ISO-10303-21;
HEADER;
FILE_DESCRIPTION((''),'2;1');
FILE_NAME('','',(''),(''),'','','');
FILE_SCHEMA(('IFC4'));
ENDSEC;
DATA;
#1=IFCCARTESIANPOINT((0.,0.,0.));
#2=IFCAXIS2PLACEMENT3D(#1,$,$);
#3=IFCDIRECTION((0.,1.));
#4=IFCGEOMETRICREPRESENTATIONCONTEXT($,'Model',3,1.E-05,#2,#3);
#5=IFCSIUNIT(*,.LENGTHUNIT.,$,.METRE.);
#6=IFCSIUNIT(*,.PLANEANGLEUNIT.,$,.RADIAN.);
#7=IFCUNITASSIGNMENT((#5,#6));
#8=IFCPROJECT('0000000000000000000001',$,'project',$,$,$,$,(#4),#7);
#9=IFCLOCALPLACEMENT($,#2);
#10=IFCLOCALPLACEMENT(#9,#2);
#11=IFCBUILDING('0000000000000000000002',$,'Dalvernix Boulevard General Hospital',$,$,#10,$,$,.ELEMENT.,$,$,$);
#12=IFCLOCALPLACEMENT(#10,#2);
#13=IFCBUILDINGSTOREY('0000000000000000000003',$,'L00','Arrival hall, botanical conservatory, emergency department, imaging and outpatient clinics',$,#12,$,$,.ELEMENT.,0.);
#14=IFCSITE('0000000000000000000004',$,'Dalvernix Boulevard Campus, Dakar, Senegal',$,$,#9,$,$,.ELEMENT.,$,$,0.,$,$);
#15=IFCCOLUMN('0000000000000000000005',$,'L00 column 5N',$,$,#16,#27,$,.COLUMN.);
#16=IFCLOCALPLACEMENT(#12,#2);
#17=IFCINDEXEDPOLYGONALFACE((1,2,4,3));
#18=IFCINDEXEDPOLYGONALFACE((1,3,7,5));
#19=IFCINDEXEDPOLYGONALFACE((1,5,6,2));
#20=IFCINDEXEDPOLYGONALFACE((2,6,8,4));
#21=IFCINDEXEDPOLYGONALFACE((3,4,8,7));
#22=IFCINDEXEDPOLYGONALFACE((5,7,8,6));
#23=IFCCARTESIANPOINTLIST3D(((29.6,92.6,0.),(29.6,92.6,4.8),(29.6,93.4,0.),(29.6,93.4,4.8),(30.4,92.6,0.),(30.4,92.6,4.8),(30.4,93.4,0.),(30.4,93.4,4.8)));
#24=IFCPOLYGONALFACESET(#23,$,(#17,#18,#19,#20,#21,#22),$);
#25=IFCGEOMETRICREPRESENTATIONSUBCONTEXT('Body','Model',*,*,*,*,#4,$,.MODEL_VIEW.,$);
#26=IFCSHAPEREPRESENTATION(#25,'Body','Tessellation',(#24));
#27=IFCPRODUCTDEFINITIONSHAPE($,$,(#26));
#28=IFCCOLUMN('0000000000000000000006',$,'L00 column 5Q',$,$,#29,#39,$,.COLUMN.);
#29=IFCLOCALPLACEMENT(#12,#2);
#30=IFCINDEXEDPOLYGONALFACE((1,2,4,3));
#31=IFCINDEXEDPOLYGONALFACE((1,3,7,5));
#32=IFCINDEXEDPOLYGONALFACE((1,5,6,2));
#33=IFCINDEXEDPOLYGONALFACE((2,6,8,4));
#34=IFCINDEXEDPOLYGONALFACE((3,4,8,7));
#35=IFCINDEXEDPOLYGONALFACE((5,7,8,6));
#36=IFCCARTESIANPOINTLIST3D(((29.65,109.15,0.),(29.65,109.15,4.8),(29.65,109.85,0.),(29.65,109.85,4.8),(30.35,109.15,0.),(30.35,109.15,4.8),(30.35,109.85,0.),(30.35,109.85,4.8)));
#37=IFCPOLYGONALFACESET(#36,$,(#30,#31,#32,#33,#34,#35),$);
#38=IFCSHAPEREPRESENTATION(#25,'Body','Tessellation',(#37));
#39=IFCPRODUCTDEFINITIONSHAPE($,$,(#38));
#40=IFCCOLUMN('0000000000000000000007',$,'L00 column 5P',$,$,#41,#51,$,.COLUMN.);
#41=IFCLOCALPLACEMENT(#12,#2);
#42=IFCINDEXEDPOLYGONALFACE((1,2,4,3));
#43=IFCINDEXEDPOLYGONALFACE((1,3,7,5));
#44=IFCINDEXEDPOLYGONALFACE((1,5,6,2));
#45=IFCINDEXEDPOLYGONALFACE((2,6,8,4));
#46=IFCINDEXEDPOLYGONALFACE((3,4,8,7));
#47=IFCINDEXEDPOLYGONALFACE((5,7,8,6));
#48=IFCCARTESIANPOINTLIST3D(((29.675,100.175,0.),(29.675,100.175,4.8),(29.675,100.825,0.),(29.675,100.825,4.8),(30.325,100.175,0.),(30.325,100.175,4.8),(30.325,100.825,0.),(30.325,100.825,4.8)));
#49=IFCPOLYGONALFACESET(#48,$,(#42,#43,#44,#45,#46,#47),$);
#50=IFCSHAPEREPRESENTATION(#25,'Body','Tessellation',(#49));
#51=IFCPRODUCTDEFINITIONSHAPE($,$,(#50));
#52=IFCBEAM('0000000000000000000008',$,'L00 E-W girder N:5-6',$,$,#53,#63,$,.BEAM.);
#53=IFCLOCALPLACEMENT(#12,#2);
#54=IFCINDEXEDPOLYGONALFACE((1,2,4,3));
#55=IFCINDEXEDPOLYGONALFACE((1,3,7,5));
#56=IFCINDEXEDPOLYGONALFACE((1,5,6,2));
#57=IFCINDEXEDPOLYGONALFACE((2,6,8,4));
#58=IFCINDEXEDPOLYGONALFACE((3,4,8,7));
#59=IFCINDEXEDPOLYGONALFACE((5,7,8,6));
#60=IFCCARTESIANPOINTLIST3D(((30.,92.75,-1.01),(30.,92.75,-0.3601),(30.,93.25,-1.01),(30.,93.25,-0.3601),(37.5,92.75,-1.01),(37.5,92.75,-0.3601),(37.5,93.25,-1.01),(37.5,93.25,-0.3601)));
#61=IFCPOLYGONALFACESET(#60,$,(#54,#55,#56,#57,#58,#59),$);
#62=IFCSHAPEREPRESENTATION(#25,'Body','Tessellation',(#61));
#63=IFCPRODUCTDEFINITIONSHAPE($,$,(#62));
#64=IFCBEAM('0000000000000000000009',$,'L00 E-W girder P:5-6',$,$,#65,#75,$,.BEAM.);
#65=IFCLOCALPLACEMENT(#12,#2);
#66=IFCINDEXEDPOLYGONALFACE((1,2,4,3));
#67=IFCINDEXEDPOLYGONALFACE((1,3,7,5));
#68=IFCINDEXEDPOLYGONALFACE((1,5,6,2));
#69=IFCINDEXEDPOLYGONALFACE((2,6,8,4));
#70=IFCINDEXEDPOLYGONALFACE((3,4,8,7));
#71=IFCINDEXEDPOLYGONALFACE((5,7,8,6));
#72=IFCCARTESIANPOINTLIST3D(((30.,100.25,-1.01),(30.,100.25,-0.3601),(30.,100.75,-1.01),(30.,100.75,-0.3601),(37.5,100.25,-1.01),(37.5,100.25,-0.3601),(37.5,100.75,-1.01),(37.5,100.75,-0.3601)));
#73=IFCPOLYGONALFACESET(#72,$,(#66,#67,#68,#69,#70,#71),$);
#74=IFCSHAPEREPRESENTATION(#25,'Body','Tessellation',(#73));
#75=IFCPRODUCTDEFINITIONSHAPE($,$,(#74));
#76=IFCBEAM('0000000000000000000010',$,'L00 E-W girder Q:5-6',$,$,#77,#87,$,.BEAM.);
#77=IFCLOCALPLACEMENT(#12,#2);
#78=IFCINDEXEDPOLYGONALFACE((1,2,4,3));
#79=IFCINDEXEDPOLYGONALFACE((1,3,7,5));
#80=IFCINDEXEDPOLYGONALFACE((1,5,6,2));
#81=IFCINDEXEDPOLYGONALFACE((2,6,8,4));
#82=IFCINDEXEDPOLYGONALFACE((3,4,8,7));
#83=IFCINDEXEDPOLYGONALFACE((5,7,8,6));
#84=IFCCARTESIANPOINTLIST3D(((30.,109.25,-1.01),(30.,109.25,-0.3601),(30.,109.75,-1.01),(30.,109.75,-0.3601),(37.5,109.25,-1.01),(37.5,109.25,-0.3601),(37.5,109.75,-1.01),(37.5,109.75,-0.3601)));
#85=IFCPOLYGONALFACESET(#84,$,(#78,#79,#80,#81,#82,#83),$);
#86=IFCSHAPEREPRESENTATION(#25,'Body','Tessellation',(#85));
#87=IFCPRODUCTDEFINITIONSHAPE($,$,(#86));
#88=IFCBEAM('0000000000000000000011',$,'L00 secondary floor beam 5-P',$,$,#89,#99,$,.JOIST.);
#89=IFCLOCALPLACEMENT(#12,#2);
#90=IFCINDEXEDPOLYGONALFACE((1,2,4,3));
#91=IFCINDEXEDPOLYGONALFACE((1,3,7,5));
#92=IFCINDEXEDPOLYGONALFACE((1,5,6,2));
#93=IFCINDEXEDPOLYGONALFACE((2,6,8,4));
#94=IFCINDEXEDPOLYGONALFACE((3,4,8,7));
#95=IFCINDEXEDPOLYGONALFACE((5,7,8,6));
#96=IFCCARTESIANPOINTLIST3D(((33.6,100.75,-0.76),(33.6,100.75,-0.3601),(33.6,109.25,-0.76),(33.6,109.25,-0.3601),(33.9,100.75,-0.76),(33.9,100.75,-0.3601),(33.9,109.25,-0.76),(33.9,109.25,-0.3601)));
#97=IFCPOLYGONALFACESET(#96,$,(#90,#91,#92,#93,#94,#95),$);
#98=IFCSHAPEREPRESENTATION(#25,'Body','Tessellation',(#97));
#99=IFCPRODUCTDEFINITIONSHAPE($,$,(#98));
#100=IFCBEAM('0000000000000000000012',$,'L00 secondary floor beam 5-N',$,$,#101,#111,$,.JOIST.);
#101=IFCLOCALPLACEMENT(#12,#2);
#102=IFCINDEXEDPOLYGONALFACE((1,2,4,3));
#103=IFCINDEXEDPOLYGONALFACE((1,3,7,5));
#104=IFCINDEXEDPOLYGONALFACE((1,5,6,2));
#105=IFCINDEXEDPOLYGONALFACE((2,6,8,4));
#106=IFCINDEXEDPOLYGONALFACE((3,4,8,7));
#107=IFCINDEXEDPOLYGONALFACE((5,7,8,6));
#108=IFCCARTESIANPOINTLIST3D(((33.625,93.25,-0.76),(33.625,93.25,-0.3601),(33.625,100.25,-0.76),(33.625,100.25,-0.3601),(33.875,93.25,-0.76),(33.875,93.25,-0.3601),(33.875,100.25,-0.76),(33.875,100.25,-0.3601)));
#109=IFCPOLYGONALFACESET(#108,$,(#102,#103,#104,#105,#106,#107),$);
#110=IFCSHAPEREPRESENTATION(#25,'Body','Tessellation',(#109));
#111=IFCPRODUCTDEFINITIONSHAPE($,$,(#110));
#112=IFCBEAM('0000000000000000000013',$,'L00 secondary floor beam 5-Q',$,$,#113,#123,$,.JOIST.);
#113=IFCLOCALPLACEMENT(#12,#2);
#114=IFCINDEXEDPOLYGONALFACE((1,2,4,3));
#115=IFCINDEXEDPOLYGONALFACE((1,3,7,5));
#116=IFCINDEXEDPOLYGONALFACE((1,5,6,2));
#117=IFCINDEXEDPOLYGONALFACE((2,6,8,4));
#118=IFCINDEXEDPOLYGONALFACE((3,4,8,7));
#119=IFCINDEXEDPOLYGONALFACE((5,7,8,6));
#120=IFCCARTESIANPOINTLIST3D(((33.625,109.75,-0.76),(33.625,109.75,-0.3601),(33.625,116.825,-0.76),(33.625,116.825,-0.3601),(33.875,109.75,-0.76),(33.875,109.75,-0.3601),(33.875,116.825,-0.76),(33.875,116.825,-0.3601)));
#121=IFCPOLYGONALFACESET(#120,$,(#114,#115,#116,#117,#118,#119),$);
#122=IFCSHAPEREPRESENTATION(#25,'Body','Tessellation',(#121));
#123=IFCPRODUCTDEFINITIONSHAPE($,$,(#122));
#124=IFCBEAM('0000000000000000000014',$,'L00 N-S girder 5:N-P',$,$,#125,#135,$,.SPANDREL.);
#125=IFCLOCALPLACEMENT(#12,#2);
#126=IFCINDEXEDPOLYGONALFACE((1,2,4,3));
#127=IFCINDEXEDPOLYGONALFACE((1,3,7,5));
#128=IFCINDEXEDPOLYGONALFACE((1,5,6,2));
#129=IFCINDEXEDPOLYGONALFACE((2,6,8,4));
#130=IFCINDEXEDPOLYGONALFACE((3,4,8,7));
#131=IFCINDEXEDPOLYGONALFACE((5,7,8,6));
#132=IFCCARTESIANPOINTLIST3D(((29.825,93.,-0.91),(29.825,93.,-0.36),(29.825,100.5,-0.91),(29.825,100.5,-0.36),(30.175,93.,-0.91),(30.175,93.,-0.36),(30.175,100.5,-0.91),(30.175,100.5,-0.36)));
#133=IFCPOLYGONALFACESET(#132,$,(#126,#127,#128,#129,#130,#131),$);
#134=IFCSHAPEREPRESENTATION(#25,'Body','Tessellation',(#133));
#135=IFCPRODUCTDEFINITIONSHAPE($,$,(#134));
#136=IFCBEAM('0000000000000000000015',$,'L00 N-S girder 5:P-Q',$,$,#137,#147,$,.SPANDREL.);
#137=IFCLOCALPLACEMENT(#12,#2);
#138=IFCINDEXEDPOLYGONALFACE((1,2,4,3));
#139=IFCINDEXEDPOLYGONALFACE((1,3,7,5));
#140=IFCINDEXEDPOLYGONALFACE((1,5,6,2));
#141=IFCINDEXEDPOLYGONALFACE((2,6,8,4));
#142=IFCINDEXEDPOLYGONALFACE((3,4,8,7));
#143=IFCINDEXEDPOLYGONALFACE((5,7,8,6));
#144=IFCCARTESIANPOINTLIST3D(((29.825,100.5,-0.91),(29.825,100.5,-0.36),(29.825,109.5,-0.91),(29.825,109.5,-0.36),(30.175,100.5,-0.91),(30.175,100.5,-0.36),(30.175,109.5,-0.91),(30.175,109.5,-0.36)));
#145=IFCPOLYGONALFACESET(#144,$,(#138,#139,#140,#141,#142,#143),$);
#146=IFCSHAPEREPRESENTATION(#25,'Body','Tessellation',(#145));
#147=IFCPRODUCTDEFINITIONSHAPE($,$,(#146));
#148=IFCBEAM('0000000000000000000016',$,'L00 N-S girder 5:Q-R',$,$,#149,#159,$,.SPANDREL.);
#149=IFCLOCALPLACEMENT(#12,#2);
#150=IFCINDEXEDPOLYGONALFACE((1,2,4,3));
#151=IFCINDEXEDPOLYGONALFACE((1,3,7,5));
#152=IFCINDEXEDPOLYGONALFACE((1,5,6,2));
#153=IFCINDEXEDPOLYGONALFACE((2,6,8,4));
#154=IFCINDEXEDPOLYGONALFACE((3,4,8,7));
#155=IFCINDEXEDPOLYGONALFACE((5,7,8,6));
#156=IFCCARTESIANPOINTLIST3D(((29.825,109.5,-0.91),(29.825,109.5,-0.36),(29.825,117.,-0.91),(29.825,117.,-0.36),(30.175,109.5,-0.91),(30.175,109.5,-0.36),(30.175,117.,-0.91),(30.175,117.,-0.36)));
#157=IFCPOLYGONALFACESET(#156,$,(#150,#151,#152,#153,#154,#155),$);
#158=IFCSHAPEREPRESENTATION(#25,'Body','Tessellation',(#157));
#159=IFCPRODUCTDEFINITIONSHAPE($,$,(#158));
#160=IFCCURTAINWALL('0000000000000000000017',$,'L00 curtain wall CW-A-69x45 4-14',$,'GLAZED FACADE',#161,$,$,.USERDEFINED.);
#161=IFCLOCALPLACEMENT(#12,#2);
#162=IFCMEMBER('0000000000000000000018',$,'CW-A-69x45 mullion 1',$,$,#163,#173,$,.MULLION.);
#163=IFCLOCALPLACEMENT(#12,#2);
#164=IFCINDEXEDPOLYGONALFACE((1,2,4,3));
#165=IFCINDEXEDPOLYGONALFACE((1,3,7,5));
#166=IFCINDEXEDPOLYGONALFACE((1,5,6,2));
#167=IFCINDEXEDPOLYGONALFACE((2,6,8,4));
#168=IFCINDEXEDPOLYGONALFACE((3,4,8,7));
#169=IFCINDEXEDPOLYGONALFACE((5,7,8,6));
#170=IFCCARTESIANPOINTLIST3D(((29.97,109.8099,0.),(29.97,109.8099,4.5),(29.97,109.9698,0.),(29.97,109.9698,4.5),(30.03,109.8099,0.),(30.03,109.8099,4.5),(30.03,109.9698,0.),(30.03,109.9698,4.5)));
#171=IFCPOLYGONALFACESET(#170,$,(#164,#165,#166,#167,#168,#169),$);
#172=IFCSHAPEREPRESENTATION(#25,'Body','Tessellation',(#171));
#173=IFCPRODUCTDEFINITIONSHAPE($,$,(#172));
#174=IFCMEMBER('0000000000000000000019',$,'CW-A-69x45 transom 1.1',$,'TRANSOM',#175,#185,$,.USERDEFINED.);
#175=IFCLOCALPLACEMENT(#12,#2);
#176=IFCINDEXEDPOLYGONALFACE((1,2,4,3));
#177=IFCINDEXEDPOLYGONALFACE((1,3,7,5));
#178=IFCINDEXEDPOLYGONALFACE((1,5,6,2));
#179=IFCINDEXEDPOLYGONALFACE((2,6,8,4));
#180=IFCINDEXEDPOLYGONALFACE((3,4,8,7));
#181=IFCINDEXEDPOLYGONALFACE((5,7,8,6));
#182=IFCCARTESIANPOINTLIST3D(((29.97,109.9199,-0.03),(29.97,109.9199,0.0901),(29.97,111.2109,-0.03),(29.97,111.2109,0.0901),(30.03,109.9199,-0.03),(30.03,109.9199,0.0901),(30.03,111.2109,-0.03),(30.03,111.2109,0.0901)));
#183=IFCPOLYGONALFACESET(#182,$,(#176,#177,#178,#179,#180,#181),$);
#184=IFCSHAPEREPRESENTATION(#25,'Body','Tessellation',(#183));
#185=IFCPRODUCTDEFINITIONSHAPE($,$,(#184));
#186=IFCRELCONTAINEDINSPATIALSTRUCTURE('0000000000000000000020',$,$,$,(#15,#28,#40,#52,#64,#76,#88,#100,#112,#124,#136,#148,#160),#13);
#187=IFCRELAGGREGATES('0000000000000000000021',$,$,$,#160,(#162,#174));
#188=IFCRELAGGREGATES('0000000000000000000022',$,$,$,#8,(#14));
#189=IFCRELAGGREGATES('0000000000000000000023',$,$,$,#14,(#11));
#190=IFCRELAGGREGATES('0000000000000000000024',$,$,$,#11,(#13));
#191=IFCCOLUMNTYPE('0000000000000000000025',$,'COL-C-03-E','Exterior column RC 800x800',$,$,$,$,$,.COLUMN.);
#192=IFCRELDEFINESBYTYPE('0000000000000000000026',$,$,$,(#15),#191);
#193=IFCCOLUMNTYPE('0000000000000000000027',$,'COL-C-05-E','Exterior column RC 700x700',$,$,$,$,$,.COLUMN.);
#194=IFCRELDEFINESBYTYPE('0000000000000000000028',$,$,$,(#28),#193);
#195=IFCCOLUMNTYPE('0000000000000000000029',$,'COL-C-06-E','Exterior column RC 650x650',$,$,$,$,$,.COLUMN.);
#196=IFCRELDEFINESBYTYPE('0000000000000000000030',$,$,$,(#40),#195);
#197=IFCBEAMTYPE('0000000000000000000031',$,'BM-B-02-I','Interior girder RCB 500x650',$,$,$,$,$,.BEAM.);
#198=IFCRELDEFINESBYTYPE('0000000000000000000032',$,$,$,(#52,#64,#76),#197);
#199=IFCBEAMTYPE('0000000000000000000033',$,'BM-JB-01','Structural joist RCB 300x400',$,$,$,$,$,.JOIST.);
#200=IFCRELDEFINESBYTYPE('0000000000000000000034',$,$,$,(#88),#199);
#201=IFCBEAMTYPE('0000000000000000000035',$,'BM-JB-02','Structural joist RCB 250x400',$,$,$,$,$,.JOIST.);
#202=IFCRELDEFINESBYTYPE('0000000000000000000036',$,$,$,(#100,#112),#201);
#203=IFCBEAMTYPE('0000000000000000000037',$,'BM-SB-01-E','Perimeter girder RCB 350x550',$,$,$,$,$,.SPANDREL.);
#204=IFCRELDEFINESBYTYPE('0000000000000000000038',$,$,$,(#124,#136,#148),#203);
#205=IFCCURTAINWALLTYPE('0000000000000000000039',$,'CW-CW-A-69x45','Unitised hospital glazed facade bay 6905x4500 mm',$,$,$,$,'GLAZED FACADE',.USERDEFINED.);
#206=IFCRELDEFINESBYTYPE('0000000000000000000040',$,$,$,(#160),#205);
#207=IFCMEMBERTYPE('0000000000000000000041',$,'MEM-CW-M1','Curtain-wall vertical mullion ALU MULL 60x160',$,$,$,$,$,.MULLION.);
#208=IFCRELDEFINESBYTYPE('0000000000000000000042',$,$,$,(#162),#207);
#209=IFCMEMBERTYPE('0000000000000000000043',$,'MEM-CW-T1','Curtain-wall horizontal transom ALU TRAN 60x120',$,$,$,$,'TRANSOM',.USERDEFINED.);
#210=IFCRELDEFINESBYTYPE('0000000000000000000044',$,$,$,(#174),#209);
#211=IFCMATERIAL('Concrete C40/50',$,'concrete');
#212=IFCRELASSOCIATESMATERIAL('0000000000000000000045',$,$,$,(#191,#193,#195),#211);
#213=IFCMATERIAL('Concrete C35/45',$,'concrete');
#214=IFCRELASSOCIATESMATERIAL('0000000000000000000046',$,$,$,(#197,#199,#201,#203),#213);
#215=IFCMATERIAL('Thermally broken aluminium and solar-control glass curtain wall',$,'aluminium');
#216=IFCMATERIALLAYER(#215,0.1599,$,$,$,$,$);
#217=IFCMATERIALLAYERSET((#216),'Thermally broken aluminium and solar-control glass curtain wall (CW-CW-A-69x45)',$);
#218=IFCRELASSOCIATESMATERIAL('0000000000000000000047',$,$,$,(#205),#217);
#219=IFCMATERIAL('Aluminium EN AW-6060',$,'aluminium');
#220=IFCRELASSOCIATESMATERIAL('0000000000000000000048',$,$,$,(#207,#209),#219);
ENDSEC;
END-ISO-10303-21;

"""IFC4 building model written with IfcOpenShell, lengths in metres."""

from ifc_helpers import new_model, si_unit, direction, frame, origin, origin_2d, place, context, subcontext, project, spatial, rectangle, extrude, material, layer, layer_set, material_profile, profile_set, type_object, element, aggregate, save


model = new_model("IFC4")

# Units and contexts
model_context = context("Model", 3, precision=1e-05, world=origin(), true_north=direction((0.0, 1.0)))
body_context = subcontext(model_context, "Body", "Model", "MODEL_VIEW")
ifc_project = project(units=[si_unit("LENGTHUNIT", "METRE"), si_unit("PLANEANGLEUNIT", "RADIAN")], contexts=[model_context])

# Site, building, storey
site_placement = place(None, origin())
site = spatial("IfcSite", under=ifc_project, at=site_placement, Name="Dalvernix Boulevard Campus, Dakar, Senegal", CompositionType="ELEMENT", RefElevation=0.0)
building_placement = place(site_placement, origin())
building = spatial("IfcBuilding", under=site, at=building_placement, Name="Dalvernix Boulevard General Hospital", CompositionType="ELEMENT")
storey_placement = place(building_placement, origin())
storey = spatial("IfcBuildingStorey", under=building, at=storey_placement, Name="L00", Description="Arrival hall, botanical conservatory, emergency department, imaging and outpatient clinics", CompositionType="ELEMENT", Elevation=0.0)

# Columns
ifc_material_1 = material(Name="Concrete C40/50", Category="concrete")
ifc_material_profile_1 = material_profile(ifc_material_1, rectangle(XDim=0.8, YDim=0.8, at=origin_2d()), Name="RC 800x800")
ifc_profile_set_1 = profile_set([ifc_material_profile_1], Name="Concrete C40/50")
column_type_1 = type_object("IfcColumnType", Name="COL-C-03-E", Description="Exterior column RC 800x800", PredefinedType="COLUMN", material=ifc_profile_set_1)
column_1_placement = place(storey_placement, frame((30.0, 93.0, 0.0), z_axis=(0.0, 0.0, 1.0), x_axis=(1.0, 0.0, 0.0)))
element("IfcColumn", 1, at=column_1_placement, inside=storey, type_object=column_type_1, Name="L00 column 5N", PredefinedType="COLUMN", context=body_context, shape_type="SweptSolid", body=[
    extrude(rectangle(XDim=0.8, YDim=0.8, at=origin_2d()), origin(), (0.0, 0.0, 1.0), 4.8),
])
ifc_material_profile_2 = material_profile(ifc_material_1, rectangle(XDim=0.7, YDim=0.7, at=origin_2d()), Name="RC 700x700")
ifc_profile_set_2 = profile_set([ifc_material_profile_2], Name="Concrete C40/50")
column_type_2 = type_object("IfcColumnType", Name="COL-C-05-E", Description="Exterior column RC 700x700", PredefinedType="COLUMN", material=ifc_profile_set_2)
column_2_placement = place(storey_placement, frame((30.0, 109.5, 0.0), z_axis=(0.0, 0.0, 1.0), x_axis=(1.0, 0.0, 0.0)))
element("IfcColumn", 2, at=column_2_placement, inside=storey, type_object=column_type_2, Name="L00 column 5Q", PredefinedType="COLUMN", context=body_context, shape_type="SweptSolid", body=[
    extrude(rectangle(XDim=0.7, YDim=0.7, at=origin_2d()), origin(), (0.0, 0.0, 1.0), 4.8),
])
ifc_material_profile_3 = material_profile(ifc_material_1, rectangle(XDim=0.6499, YDim=0.6499, at=origin_2d()), Name="RC 650x650")
ifc_profile_set_3 = profile_set([ifc_material_profile_3], Name="Concrete C40/50")
column_type_3 = type_object("IfcColumnType", Name="COL-C-06-E", Description="Exterior column RC 650x650", PredefinedType="COLUMN", material=ifc_profile_set_3)
column_3_placement = place(storey_placement, frame((30.0, 100.5, 0.0), z_axis=(0.0, 0.0, 1.0), x_axis=(1.0, 0.0, 0.0)))
element("IfcColumn", 3, at=column_3_placement, inside=storey, type_object=column_type_3, Name="L00 column 5P", PredefinedType="COLUMN", context=body_context, shape_type="SweptSolid", body=[
    extrude(rectangle(XDim=0.6499, YDim=0.6499, at=origin_2d()), origin(), (0.0, 0.0, 1.0), 4.8),
])

# Beams
ifc_material_2 = material(Name="Concrete C35/45", Category="concrete")
ifc_material_profile_4 = material_profile(ifc_material_2, rectangle(XDim=0.5, YDim=0.6499, at=origin_2d()), Name="RCB 500x650")
ifc_profile_set_4 = profile_set([ifc_material_profile_4], Name="Concrete C35/45")
beam_type_1 = type_object("IfcBeamType", Name="BM-B-02-I", Description="Interior girder RCB 500x650", PredefinedType="BEAM", material=ifc_profile_set_4)
for number, where, z_axis, x_axis, name in (
    (4, (30.0, 93.0, -0.6851), (1.0, 0.0, 0.0), (0.0, 1.0, 0.0), "L00 E-W girder N:5-6"),
    (5, (30.0, 100.5, -0.6851), (1.0, 0.0, 0.0), (0.0, 1.0, 0.0), "L00 E-W girder P:5-6"),
    (6, (30.0, 109.5, -0.6851), (1.0, 0.0, 0.0), (0.0, 1.0, 0.0), "L00 E-W girder Q:5-6"),
):
    element("IfcBeam", number, at=place(storey_placement, frame(where, z_axis=z_axis, x_axis=x_axis)), inside=storey, type_object=beam_type_1, Name=name, PredefinedType="BEAM", context=body_context, shape_type="SweptSolid", body=[
        extrude(rectangle(XDim=0.5, YDim=0.6499, at=origin_2d()), origin(), (0.0, 0.0, 1.0), 7.5),
    ])
ifc_material_profile_5 = material_profile(ifc_material_2, rectangle(XDim=0.3, YDim=0.3999, at=origin_2d()), Name="RCB 300x400")
ifc_profile_set_5 = profile_set([ifc_material_profile_5], Name="Concrete C35/45")
beam_type_2 = type_object("IfcBeamType", Name="BM-JB-01", Description="Structural joist RCB 300x400", PredefinedType="JOIST", material=ifc_profile_set_5)
beam_1_placement = place(storey_placement, frame((33.75, 100.75, -0.5601), z_axis=(0.0, 1.0, 0.0), x_axis=(-1.0, 0.0, 0.0)))
element("IfcBeam", 7, at=beam_1_placement, inside=storey, type_object=beam_type_2, Name="L00 secondary floor beam 5-P", PredefinedType="JOIST", context=body_context, shape_type="SweptSolid", body=[
    extrude(rectangle(XDim=0.3, YDim=0.3999, at=origin_2d()), origin(), (0.0, 0.0, 1.0), 8.5),
])
ifc_material_profile_6 = material_profile(ifc_material_2, rectangle(XDim=0.25, YDim=0.3999, at=origin_2d()), Name="RCB 250x400")
ifc_profile_set_6 = profile_set([ifc_material_profile_6], Name="Concrete C35/45")
beam_type_3 = type_object("IfcBeamType", Name="BM-JB-02", Description="Structural joist RCB 250x400", PredefinedType="JOIST", material=ifc_profile_set_6)
beam_2_placement = place(storey_placement, frame((33.75, 93.25, -0.5601), z_axis=(0.0, 1.0, 0.0), x_axis=(-1.0, 0.0, 0.0)))
element("IfcBeam", 8, at=beam_2_placement, inside=storey, type_object=beam_type_3, Name="L00 secondary floor beam 5-N", PredefinedType="JOIST", context=body_context, shape_type="SweptSolid", body=[
    extrude(rectangle(XDim=0.25, YDim=0.3999, at=origin_2d()), origin(), (0.0, 0.0, 1.0), 7.0),
])
beam_3_placement = place(storey_placement, frame((33.75, 109.75, -0.5601), z_axis=(0.0, 1.0, 0.0), x_axis=(-1.0, 0.0, 0.0)))
element("IfcBeam", 9, at=beam_3_placement, inside=storey, type_object=beam_type_3, Name="L00 secondary floor beam 5-Q", PredefinedType="JOIST", context=body_context, shape_type="SweptSolid", body=[
    extrude(rectangle(XDim=0.25, YDim=0.3999, at=origin_2d()), origin(), (0.0, 0.0, 1.0), 7.075),
])
ifc_material_profile_7 = material_profile(ifc_material_2, rectangle(XDim=0.3501, YDim=0.55, at=origin_2d()), Name="RCB 350x550")
ifc_profile_set_7 = profile_set([ifc_material_profile_7], Name="Concrete C35/45")
beam_type_4 = type_object("IfcBeamType", Name="BM-SB-01-E", Description="Perimeter girder RCB 350x550", PredefinedType="SPANDREL", material=ifc_profile_set_7)
beam_4_placement = place(storey_placement, frame((30.0, 93.0, -0.635), z_axis=(0.0, 1.0, 0.0), x_axis=(-1.0, 0.0, 0.0)))
element("IfcBeam", 10, at=beam_4_placement, inside=storey, type_object=beam_type_4, Name="L00 N-S girder 5:N-P", PredefinedType="SPANDREL", context=body_context, shape_type="SweptSolid", body=[
    extrude(rectangle(XDim=0.3501, YDim=0.55, at=origin_2d()), origin(), (0.0, 0.0, 1.0), 7.5),
])
beam_5_placement = place(storey_placement, frame((30.0, 100.5, -0.635), z_axis=(0.0, 1.0, 0.0), x_axis=(-1.0, 0.0, 0.0)))
element("IfcBeam", 11, at=beam_5_placement, inside=storey, type_object=beam_type_4, Name="L00 N-S girder 5:P-Q", PredefinedType="SPANDREL", context=body_context, shape_type="SweptSolid", body=[
    extrude(rectangle(XDim=0.3501, YDim=0.55, at=origin_2d()), origin(), (0.0, 0.0, 1.0), 9.0),
])
beam_6_placement = place(storey_placement, frame((30.0, 109.5, -0.635), z_axis=(0.0, 1.0, 0.0), x_axis=(-1.0, 0.0, 0.0)))
element("IfcBeam", 12, at=beam_6_placement, inside=storey, type_object=beam_type_4, Name="L00 N-S girder 5:Q-R", PredefinedType="SPANDREL", context=body_context, shape_type="SweptSolid", body=[
    extrude(rectangle(XDim=0.3501, YDim=0.55, at=origin_2d()), origin(), (0.0, 0.0, 1.0), 7.5),
])

# Curtain wall, members
ifc_material_3 = material(Name="Thermally broken aluminium and solar-control glass curtain wall", Category="aluminium")
ifc_layer_1 = layer(ifc_material_3, 0.1599)
ifc_layer_set_1 = layer_set([ifc_layer_1], Name="Thermally broken aluminium and solar-control glass curtain wall (CW-CW-A-69x45)")
curtain_wall_type = type_object("IfcCurtainWallType", Name="CW-CW-A-69x45", Description="Unitised hospital glazed facade bay 6905x4500 mm", ElementType="GLAZED FACADE", PredefinedType="USERDEFINED", material=ifc_layer_set_1)
curtain_wall_placement = place(storey_placement, origin())
curtain_wall = element("IfcCurtainWall", 13, at=curtain_wall_placement, inside=storey, type_object=curtain_wall_type, Name="L00 curtain wall CW-A-69x45 4-14", ObjectType="GLAZED FACADE", PredefinedType="USERDEFINED")
ifc_material_4 = material(Name="Aluminium EN AW-6060", Category="aluminium")
ifc_material_profile_8 = material_profile(ifc_material_4, rectangle(XDim=0.0601, YDim=0.1599, at=origin_2d()), Name="ALU MULL 60x160")
ifc_profile_set_8 = profile_set([ifc_material_profile_8], Name="Aluminium EN AW-6060")
member_type_1 = type_object("IfcMemberType", Name="MEM-CW-M1", Description="Curtain-wall vertical mullion ALU MULL 60x160", PredefinedType="MULLION", material=ifc_profile_set_8)
member_1_placement = place(storey_placement, frame((30.0, 109.8899, 0.0), z_axis=(0.0, 0.0, 1.0), x_axis=(-1.0, 0.0, 0.0)))
member_1 = element("IfcMember", 14, at=member_1_placement, type_object=member_type_1, Name="CW-A-69x45 mullion 1", PredefinedType="MULLION", context=body_context, shape_type="SweptSolid", body=[
    extrude(rectangle(XDim=0.0601, YDim=0.1599, at=origin_2d()), origin(), (0.0, 0.0, 1.0), 4.5),
])
ifc_material_profile_9 = material_profile(ifc_material_4, rectangle(XDim=0.0601, YDim=0.1201, at=origin_2d()), Name="ALU TRAN 60x120")
ifc_profile_set_9 = profile_set([ifc_material_profile_9], Name="Aluminium EN AW-6060")
member_type_2 = type_object("IfcMemberType", Name="MEM-CW-T1", Description="Curtain-wall horizontal transom ALU TRAN 60x120", ElementType="TRANSOM", PredefinedType="USERDEFINED", material=ifc_profile_set_9)
member_2_placement = place(storey_placement, frame((30.0, 109.9199, 0.03), z_axis=(0.0, 1.0, 0.0), x_axis=(-1.0, 0.0, 0.0)))
member_2 = element("IfcMember", 15, at=member_2_placement, type_object=member_type_2, Name="CW-A-69x45 transom 1.1", ObjectType="TRANSOM", PredefinedType="USERDEFINED", context=body_context, shape_type="SweptSolid", body=[
    extrude(rectangle(XDim=0.0601, YDim=0.1201, at=origin_2d()), origin(), (0.0, 0.0, 1.0), 1.291),
])
aggregate(curtain_wall, [member_1, member_2])

save(model, "model.ifc")
